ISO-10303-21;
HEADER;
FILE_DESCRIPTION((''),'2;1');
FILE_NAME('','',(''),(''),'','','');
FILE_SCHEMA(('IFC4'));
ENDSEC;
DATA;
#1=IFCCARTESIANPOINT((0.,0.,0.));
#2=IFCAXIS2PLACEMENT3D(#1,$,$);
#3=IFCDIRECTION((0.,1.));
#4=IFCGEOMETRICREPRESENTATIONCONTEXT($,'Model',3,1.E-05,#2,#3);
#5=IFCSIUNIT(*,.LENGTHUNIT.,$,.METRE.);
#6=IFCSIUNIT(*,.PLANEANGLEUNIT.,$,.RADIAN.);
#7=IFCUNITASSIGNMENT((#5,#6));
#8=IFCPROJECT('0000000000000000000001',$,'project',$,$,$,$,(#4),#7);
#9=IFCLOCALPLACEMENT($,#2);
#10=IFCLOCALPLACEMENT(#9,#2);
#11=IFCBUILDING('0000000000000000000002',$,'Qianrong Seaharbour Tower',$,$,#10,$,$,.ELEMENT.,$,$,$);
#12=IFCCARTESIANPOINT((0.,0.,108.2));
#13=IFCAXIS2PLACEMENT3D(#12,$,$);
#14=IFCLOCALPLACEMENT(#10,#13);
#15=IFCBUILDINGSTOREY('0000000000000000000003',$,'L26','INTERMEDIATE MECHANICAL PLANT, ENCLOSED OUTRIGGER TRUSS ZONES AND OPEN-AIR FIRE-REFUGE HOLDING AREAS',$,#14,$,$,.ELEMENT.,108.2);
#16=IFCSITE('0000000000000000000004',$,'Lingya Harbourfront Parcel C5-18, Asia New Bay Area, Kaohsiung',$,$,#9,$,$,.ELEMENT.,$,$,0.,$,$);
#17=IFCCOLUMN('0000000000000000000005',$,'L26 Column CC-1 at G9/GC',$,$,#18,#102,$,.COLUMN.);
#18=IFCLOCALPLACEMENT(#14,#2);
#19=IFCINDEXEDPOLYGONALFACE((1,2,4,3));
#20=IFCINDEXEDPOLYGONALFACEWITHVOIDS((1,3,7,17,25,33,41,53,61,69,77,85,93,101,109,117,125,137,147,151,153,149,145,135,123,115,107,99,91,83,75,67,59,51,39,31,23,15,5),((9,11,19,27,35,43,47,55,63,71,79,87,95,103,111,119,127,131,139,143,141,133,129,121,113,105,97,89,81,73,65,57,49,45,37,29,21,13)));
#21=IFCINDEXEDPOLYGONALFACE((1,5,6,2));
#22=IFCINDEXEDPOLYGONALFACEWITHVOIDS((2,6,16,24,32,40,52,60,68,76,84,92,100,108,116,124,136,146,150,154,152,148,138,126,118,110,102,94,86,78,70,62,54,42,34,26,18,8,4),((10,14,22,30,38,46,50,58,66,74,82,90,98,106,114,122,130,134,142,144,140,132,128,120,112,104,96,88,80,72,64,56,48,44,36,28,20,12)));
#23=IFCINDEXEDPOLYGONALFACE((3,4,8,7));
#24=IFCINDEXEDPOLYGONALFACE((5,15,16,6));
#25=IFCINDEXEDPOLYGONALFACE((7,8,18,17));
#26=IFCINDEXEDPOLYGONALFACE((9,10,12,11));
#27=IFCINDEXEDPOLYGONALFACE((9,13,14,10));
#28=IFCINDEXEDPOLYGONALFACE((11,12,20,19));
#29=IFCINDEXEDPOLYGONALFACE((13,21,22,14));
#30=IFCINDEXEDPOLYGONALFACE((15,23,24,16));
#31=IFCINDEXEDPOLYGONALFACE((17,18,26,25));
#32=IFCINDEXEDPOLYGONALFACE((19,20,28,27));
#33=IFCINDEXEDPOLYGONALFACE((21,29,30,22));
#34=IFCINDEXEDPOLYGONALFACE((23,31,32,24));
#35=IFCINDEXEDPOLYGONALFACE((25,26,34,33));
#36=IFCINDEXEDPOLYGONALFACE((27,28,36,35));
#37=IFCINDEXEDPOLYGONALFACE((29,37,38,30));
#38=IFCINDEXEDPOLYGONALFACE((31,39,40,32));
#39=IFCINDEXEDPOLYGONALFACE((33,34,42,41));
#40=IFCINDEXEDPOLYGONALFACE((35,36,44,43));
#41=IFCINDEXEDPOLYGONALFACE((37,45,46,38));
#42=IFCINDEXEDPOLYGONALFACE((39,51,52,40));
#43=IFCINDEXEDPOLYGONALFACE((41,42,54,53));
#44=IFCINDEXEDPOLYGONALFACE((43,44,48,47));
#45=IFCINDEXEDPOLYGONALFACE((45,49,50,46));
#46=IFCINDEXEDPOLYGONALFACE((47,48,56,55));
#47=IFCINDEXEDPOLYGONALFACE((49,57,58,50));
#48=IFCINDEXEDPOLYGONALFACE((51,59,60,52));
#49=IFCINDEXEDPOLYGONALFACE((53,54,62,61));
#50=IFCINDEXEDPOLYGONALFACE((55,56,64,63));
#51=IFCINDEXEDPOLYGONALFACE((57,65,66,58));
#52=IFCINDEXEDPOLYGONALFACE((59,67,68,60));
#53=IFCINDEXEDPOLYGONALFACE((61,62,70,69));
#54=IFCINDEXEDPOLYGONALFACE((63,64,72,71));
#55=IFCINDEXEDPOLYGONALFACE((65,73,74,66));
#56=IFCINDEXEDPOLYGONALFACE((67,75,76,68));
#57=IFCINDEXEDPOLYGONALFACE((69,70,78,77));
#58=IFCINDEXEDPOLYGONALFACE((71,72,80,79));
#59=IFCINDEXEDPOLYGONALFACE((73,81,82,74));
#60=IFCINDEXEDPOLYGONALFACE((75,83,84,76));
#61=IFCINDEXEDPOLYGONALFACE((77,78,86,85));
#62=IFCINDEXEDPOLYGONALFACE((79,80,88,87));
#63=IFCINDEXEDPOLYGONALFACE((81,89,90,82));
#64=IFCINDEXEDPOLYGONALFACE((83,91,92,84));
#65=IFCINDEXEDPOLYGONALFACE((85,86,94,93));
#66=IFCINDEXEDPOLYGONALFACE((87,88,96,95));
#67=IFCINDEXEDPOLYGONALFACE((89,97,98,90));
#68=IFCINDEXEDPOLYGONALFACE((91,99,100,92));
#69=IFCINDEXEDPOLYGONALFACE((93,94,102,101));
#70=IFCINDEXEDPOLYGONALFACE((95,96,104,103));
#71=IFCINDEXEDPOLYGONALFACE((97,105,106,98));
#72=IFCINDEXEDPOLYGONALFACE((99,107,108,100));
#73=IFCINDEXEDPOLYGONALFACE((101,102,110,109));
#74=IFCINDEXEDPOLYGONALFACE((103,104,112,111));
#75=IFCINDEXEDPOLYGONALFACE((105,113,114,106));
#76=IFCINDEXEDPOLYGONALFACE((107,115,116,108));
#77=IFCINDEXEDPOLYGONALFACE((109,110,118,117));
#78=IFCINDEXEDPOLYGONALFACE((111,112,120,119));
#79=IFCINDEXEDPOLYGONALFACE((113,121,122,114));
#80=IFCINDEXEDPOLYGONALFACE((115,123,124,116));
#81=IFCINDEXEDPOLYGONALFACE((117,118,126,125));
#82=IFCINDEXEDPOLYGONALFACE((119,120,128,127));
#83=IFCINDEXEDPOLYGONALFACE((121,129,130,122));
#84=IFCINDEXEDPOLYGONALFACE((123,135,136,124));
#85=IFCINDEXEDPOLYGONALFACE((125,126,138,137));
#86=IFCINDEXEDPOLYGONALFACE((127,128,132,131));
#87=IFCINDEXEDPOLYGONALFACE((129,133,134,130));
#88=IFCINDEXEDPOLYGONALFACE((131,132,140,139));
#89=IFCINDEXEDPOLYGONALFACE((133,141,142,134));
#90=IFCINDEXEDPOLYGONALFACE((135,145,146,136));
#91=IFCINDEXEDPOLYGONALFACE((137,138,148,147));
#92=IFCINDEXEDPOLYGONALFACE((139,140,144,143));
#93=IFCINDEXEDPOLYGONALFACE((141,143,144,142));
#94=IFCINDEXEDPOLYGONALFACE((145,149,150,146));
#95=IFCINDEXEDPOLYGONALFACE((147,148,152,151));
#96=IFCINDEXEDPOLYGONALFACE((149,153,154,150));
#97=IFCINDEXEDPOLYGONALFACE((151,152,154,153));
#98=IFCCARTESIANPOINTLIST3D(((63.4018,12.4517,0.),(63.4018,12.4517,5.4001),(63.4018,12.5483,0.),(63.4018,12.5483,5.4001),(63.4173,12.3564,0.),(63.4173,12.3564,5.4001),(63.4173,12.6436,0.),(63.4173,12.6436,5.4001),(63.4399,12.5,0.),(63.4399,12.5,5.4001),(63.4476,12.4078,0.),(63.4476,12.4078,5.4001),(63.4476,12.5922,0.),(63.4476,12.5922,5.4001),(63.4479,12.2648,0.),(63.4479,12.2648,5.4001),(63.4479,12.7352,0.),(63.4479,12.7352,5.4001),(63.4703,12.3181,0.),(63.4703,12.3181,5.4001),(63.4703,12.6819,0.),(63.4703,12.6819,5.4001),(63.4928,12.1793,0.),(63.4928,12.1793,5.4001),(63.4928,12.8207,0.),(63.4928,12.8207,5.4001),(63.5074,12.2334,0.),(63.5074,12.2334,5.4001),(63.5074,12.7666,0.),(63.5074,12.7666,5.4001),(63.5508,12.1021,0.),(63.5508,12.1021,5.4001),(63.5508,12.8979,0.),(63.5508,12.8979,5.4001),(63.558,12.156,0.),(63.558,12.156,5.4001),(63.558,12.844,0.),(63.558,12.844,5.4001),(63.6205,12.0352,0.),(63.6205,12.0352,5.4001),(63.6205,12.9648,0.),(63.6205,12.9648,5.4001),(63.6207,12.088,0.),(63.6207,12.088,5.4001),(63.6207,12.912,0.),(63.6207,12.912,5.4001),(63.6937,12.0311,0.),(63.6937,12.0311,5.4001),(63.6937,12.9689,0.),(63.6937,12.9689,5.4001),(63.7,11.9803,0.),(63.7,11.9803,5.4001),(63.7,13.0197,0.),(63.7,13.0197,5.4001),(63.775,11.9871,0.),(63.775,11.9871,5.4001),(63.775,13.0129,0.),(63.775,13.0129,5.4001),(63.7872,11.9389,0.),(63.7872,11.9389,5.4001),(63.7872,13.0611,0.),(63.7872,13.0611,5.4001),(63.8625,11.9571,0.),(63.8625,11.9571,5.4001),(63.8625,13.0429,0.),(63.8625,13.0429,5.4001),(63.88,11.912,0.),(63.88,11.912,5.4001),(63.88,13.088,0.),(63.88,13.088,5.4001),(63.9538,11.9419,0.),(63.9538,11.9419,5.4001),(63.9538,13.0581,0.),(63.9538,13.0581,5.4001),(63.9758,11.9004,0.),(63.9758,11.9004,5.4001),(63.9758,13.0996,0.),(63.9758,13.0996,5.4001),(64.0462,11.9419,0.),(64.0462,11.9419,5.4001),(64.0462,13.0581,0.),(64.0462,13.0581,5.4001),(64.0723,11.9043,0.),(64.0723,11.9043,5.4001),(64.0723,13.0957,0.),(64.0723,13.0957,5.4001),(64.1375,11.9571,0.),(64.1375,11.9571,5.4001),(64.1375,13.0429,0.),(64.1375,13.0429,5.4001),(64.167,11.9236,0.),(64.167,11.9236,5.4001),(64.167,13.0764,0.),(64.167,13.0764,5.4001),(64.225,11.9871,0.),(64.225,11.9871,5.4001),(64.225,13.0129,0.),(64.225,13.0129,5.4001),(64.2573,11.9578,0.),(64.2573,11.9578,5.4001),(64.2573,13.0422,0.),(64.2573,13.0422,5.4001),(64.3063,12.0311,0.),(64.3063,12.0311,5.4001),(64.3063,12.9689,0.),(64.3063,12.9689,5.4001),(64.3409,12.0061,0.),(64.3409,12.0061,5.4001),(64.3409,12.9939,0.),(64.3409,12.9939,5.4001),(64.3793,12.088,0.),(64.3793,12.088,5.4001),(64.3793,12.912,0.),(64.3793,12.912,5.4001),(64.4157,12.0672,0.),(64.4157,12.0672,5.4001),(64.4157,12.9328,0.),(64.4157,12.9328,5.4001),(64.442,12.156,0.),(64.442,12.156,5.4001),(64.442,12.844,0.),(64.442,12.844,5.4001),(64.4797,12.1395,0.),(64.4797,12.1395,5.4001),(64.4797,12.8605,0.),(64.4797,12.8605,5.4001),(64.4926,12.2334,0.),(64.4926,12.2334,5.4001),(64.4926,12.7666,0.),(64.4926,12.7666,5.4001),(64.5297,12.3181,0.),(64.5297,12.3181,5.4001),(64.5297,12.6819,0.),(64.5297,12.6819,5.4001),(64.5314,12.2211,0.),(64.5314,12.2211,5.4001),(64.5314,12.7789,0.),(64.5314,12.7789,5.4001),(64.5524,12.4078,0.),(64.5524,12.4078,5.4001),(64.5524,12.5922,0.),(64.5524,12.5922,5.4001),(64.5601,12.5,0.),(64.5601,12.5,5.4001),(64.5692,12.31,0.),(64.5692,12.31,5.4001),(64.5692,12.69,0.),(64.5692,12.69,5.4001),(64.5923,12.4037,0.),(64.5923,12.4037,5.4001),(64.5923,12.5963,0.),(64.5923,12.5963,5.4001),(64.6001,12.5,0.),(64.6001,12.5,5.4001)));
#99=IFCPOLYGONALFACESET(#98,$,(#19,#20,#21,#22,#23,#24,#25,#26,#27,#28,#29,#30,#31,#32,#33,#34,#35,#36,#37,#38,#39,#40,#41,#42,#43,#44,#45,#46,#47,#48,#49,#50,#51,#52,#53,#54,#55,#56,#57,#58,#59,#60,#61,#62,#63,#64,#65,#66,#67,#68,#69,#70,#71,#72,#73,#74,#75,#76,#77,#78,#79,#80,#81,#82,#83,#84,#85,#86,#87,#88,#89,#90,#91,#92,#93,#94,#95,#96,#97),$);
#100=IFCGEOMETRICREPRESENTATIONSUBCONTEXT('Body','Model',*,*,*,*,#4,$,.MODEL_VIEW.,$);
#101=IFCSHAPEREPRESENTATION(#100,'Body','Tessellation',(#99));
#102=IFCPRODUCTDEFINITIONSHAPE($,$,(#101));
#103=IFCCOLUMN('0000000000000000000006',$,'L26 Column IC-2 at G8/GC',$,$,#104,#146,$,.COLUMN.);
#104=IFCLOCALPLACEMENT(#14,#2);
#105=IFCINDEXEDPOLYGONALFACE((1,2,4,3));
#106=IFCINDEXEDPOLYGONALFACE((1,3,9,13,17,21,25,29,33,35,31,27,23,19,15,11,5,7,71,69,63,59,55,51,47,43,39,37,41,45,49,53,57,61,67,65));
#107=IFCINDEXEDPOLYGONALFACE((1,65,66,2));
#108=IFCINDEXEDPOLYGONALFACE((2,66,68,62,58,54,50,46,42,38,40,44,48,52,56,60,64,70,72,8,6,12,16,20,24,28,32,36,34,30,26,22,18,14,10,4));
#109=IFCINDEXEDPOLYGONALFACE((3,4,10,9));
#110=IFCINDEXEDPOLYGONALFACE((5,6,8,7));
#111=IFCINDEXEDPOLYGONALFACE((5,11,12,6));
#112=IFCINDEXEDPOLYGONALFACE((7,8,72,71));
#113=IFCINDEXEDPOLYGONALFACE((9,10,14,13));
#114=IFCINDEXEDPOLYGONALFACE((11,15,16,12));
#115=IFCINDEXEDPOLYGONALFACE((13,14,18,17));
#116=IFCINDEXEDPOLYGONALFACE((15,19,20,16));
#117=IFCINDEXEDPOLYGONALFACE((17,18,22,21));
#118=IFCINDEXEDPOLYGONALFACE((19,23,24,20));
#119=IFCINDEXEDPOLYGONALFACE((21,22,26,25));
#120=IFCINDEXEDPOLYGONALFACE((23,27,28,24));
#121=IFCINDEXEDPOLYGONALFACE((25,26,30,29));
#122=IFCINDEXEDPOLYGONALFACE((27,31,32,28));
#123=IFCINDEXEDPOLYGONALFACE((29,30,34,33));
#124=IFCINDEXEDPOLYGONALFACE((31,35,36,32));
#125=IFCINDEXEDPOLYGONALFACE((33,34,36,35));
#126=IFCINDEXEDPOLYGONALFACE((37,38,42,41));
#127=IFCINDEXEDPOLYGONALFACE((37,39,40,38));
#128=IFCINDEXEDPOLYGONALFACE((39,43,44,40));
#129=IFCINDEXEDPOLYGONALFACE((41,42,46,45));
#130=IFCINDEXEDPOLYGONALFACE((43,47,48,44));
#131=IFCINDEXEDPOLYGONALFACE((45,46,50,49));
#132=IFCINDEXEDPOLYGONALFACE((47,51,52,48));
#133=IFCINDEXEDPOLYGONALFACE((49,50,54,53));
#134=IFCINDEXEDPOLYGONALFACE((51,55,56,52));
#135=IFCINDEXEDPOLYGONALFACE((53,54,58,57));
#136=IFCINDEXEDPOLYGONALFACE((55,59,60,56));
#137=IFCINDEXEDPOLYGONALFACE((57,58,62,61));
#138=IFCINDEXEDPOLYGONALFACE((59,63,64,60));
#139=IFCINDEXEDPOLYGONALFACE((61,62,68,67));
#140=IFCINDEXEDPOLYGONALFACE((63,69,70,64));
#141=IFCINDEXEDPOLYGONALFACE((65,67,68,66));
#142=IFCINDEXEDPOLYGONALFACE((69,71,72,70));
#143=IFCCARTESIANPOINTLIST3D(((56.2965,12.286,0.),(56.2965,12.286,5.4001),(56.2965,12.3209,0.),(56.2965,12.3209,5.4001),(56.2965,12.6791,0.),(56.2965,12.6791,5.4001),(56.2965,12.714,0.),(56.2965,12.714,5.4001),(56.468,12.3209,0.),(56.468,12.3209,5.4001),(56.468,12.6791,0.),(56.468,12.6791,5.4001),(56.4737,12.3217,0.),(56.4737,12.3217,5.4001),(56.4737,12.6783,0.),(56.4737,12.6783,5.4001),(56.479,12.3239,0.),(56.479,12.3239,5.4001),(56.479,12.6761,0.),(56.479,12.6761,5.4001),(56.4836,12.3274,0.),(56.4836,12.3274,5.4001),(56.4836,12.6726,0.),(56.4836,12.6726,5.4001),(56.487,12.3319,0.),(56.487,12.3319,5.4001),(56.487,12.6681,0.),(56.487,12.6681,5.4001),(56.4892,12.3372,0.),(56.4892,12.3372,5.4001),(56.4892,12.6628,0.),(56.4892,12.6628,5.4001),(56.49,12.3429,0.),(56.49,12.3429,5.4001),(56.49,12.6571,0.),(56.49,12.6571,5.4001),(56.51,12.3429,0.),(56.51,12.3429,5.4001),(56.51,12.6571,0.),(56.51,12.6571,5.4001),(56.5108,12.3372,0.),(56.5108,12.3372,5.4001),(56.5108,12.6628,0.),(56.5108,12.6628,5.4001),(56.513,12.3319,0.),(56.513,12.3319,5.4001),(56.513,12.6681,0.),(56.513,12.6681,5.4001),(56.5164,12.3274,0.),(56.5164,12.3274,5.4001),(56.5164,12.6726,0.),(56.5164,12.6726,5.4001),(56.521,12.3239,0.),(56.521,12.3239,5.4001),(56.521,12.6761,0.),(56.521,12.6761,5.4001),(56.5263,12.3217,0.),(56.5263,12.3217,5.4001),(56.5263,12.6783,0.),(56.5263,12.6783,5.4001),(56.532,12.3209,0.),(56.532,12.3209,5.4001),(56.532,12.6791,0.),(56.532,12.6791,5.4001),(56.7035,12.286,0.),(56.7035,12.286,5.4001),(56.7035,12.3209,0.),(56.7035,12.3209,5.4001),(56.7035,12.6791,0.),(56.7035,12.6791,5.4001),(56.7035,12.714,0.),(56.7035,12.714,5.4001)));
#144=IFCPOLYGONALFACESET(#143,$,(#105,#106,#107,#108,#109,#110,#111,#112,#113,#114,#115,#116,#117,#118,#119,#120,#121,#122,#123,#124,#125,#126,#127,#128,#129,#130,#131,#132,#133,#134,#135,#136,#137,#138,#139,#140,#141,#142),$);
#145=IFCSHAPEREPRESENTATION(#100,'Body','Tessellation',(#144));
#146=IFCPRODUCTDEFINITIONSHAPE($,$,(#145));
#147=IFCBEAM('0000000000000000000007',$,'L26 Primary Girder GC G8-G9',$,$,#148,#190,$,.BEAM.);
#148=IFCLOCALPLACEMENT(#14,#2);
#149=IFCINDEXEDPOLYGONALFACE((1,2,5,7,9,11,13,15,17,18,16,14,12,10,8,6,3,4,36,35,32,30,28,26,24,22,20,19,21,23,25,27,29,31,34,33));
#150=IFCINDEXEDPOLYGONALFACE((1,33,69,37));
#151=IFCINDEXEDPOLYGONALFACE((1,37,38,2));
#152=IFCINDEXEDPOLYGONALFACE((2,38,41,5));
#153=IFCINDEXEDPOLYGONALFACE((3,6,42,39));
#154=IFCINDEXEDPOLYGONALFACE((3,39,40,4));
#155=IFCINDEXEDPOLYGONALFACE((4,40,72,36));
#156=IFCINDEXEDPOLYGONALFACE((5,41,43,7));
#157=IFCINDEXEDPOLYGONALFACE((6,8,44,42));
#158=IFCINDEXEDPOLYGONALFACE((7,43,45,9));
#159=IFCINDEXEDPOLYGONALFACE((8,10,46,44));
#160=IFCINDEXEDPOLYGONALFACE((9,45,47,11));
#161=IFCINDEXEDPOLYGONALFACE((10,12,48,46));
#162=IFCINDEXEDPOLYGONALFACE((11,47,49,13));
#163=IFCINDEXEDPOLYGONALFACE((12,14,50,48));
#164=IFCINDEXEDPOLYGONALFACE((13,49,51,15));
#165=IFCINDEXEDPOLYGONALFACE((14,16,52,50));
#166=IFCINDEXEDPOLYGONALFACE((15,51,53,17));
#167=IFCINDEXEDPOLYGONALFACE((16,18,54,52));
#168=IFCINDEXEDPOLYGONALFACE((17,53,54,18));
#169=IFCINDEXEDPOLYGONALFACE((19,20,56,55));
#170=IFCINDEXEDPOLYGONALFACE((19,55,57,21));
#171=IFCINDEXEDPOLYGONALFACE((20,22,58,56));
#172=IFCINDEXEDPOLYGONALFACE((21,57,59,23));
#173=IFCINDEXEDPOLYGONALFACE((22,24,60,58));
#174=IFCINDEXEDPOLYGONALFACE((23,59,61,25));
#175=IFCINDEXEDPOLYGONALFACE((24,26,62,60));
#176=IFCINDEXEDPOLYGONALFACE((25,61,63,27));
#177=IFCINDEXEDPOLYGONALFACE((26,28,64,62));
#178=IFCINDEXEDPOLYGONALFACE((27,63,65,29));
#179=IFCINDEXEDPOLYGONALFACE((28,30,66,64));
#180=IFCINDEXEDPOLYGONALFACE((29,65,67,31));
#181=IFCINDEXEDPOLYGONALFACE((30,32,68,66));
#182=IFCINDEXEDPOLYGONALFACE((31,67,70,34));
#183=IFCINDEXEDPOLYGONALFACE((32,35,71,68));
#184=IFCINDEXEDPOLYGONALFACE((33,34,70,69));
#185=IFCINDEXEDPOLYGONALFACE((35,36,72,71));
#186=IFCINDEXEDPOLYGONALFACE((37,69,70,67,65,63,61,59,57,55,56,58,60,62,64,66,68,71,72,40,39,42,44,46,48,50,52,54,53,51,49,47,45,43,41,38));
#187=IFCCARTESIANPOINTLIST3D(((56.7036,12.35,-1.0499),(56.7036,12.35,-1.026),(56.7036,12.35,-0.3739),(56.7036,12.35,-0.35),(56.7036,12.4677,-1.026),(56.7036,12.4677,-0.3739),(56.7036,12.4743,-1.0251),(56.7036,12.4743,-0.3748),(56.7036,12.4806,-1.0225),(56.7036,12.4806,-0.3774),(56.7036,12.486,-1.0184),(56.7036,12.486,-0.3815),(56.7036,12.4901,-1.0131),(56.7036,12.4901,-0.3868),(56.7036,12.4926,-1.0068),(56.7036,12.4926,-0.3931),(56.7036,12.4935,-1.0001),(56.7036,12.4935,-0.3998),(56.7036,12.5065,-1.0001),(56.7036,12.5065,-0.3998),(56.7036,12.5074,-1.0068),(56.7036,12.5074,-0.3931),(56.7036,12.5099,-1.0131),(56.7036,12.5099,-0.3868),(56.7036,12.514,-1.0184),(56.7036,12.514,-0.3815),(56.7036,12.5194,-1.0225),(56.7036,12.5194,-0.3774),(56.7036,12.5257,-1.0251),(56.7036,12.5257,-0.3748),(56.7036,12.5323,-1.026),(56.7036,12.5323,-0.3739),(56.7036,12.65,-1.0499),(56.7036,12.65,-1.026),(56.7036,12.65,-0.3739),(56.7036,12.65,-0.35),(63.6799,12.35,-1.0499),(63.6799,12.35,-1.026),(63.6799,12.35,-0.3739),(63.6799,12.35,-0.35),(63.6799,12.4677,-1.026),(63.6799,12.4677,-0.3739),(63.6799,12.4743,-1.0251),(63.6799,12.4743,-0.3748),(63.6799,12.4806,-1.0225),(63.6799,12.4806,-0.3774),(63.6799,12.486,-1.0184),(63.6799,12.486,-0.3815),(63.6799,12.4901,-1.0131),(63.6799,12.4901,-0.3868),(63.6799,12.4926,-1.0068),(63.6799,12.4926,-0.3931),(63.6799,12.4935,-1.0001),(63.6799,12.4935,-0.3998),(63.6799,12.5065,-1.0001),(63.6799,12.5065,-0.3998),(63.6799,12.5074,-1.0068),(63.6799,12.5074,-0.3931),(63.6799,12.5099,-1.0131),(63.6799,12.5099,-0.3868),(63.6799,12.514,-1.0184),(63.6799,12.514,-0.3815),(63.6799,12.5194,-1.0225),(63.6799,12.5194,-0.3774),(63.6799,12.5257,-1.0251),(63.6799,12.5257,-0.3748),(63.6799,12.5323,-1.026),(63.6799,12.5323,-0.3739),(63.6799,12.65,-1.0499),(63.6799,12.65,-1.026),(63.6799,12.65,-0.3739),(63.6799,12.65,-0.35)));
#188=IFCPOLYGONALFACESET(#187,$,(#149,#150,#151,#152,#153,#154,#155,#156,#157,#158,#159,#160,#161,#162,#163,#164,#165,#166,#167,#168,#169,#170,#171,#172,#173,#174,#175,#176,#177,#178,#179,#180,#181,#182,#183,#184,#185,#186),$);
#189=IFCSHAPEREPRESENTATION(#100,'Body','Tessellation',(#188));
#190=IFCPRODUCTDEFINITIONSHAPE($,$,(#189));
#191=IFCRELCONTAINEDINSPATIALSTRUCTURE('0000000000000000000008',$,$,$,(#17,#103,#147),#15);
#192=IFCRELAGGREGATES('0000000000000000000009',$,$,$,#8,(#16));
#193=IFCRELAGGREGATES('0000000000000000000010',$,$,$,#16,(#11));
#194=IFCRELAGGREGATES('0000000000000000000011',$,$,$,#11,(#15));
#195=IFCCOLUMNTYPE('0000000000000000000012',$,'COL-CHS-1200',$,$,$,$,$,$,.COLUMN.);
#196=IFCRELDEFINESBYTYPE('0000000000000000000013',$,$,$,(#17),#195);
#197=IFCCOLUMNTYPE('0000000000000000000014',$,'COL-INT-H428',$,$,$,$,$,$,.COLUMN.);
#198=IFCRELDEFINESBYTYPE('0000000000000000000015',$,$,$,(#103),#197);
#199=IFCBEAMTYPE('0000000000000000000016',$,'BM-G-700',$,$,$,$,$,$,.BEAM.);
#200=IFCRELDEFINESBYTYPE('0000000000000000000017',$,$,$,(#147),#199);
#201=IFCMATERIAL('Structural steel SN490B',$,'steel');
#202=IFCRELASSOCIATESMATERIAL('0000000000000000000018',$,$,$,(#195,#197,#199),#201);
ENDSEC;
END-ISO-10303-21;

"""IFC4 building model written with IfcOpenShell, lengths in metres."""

from ifc_helpers import new_model, si_unit, direction, frame, origin, origin_2d, place, context, subcontext, project, spatial, hollow_circle, i_section, extrude, material, material_profile, profile_set, type_object, element, save


model = new_model("IFC4")

# Units and contexts
model_context = context("Model", 3, precision=1e-05, world=origin(), true_north=direction((0.0, 1.0)))
body_context = subcontext(model_context, "Body", "Model", "MODEL_VIEW")
ifc_project = project(units=[si_unit("LENGTHUNIT", "METRE"), si_unit("PLANEANGLEUNIT", "RADIAN")], contexts=[model_context])

# Site, building, storey
site_placement = place(None, origin())
site = spatial("IfcSite", under=ifc_project, at=site_placement, Name="Lingya Harbourfront Parcel C5-18, Asia New Bay Area, Kaohsiung", CompositionType="ELEMENT", RefElevation=0.0)
building_placement = place(site_placement, origin())
building = spatial("IfcBuilding", under=site, at=building_placement, Name="Qianrong Seaharbour Tower", CompositionType="ELEMENT")
storey_placement = place(building_placement, frame((0.0, 0.0, 108.2)))
storey = spatial("IfcBuildingStorey", under=building, at=storey_placement, Name="L26", Description="INTERMEDIATE MECHANICAL PLANT, ENCLOSED OUTRIGGER TRUSS ZONES AND OPEN-AIR FIRE-REFUGE HOLDING AREAS", CompositionType="ELEMENT", Elevation=108.2)

# Columns
ifc_material_1 = material(Name="Structural steel SN490B", Category="steel")
ifc_material_profile_1 = material_profile(ifc_material_1, hollow_circle(Radius=0.6001, WallThickness=0.04, at=origin_2d()), Name="CHS1200x40")
ifc_profile_set_1 = profile_set([ifc_material_profile_1], Name="Structural steel SN490B")
column_type_1 = type_object("IfcColumnType", Name="COL-CHS-1200", PredefinedType="COLUMN", material=ifc_profile_set_1)
column_1_placement = place(storey_placement, frame((64.0, 12.5, 0.0), z_axis=(0.0, 0.0, 1.0), x_axis=(1.0, 0.0, 0.0)))
element("IfcColumn", 1, at=column_1_placement, inside=storey, type_object=column_type_1, Name="L26 Column CC-1 at G9/GC", PredefinedType="COLUMN", context=body_context, shape_type="SweptSolid", body=[
    extrude(hollow_circle(Radius=0.6001, WallThickness=0.04, at=origin_2d()), origin(), (0.0, 0.0, 1.0), 5.4001),
])
ifc_material_profile_2 = material_profile(ifc_material_1, i_section(OverallWidth=0.407, OverallDepth=0.428, WebThickness=0.02, FlangeThickness=0.0349, FilletRadius=0.022, at=origin_2d()), Name="H428x407x20x35")
ifc_profile_set_2 = profile_set([ifc_material_profile_2], Name="Structural steel SN490B")
column_type_2 = type_object("IfcColumnType", Name="COL-INT-H428", PredefinedType="COLUMN", material=ifc_profile_set_2)
column_2_placement = place(storey_placement, frame((56.5, 12.5, 0.0), z_axis=(0.0, 0.0, 1.0), x_axis=(1.0, 0.0, 0.0)))
element("IfcColumn", 2, at=column_2_placement, inside=storey, type_object=column_type_2, Name="L26 Column IC-2 at G8/GC", PredefinedType="COLUMN", context=body_context, shape_type="SweptSolid", body=[
    extrude(i_section(OverallWidth=0.407, OverallDepth=0.428, WebThickness=0.02, FlangeThickness=0.0349, FilletRadius=0.022, at=origin_2d()), origin(), (0.0, 0.0, 1.0), 5.4001),
])

# Beam
ifc_material_profile_3 = material_profile(ifc_material_1, i_section(OverallWidth=0.3, OverallDepth=0.7, WebThickness=0.0129, FlangeThickness=0.0239, FilletRadius=0.0259, at=origin_2d()), Name="H700x300x13x24")
ifc_profile_set_3 = profile_set([ifc_material_profile_3], Name="Structural steel SN490B")
beam_type_1 = type_object("IfcBeamType", Name="BM-G-700", PredefinedType="BEAM", material=ifc_profile_set_3)
beam_1_placement = place(storey_placement, frame((56.7036, 12.5, -0.7), z_axis=(1.0, 0.0, 0.0), x_axis=(0.0, 1.0, 0.0)))
element("IfcBeam", 3, at=beam_1_placement, inside=storey, type_object=beam_type_1, Name="L26 Primary Girder GC G8-G9", PredefinedType="BEAM", context=body_context, shape_type="SweptSolid", body=[
    extrude(i_section(OverallWidth=0.3, OverallDepth=0.7, WebThickness=0.0129, FlangeThickness=0.0239, FilletRadius=0.0259, at=origin_2d()), origin(), (0.0, 0.0, 1.0), 6.9763),
])

save(model, "model.ifc")
